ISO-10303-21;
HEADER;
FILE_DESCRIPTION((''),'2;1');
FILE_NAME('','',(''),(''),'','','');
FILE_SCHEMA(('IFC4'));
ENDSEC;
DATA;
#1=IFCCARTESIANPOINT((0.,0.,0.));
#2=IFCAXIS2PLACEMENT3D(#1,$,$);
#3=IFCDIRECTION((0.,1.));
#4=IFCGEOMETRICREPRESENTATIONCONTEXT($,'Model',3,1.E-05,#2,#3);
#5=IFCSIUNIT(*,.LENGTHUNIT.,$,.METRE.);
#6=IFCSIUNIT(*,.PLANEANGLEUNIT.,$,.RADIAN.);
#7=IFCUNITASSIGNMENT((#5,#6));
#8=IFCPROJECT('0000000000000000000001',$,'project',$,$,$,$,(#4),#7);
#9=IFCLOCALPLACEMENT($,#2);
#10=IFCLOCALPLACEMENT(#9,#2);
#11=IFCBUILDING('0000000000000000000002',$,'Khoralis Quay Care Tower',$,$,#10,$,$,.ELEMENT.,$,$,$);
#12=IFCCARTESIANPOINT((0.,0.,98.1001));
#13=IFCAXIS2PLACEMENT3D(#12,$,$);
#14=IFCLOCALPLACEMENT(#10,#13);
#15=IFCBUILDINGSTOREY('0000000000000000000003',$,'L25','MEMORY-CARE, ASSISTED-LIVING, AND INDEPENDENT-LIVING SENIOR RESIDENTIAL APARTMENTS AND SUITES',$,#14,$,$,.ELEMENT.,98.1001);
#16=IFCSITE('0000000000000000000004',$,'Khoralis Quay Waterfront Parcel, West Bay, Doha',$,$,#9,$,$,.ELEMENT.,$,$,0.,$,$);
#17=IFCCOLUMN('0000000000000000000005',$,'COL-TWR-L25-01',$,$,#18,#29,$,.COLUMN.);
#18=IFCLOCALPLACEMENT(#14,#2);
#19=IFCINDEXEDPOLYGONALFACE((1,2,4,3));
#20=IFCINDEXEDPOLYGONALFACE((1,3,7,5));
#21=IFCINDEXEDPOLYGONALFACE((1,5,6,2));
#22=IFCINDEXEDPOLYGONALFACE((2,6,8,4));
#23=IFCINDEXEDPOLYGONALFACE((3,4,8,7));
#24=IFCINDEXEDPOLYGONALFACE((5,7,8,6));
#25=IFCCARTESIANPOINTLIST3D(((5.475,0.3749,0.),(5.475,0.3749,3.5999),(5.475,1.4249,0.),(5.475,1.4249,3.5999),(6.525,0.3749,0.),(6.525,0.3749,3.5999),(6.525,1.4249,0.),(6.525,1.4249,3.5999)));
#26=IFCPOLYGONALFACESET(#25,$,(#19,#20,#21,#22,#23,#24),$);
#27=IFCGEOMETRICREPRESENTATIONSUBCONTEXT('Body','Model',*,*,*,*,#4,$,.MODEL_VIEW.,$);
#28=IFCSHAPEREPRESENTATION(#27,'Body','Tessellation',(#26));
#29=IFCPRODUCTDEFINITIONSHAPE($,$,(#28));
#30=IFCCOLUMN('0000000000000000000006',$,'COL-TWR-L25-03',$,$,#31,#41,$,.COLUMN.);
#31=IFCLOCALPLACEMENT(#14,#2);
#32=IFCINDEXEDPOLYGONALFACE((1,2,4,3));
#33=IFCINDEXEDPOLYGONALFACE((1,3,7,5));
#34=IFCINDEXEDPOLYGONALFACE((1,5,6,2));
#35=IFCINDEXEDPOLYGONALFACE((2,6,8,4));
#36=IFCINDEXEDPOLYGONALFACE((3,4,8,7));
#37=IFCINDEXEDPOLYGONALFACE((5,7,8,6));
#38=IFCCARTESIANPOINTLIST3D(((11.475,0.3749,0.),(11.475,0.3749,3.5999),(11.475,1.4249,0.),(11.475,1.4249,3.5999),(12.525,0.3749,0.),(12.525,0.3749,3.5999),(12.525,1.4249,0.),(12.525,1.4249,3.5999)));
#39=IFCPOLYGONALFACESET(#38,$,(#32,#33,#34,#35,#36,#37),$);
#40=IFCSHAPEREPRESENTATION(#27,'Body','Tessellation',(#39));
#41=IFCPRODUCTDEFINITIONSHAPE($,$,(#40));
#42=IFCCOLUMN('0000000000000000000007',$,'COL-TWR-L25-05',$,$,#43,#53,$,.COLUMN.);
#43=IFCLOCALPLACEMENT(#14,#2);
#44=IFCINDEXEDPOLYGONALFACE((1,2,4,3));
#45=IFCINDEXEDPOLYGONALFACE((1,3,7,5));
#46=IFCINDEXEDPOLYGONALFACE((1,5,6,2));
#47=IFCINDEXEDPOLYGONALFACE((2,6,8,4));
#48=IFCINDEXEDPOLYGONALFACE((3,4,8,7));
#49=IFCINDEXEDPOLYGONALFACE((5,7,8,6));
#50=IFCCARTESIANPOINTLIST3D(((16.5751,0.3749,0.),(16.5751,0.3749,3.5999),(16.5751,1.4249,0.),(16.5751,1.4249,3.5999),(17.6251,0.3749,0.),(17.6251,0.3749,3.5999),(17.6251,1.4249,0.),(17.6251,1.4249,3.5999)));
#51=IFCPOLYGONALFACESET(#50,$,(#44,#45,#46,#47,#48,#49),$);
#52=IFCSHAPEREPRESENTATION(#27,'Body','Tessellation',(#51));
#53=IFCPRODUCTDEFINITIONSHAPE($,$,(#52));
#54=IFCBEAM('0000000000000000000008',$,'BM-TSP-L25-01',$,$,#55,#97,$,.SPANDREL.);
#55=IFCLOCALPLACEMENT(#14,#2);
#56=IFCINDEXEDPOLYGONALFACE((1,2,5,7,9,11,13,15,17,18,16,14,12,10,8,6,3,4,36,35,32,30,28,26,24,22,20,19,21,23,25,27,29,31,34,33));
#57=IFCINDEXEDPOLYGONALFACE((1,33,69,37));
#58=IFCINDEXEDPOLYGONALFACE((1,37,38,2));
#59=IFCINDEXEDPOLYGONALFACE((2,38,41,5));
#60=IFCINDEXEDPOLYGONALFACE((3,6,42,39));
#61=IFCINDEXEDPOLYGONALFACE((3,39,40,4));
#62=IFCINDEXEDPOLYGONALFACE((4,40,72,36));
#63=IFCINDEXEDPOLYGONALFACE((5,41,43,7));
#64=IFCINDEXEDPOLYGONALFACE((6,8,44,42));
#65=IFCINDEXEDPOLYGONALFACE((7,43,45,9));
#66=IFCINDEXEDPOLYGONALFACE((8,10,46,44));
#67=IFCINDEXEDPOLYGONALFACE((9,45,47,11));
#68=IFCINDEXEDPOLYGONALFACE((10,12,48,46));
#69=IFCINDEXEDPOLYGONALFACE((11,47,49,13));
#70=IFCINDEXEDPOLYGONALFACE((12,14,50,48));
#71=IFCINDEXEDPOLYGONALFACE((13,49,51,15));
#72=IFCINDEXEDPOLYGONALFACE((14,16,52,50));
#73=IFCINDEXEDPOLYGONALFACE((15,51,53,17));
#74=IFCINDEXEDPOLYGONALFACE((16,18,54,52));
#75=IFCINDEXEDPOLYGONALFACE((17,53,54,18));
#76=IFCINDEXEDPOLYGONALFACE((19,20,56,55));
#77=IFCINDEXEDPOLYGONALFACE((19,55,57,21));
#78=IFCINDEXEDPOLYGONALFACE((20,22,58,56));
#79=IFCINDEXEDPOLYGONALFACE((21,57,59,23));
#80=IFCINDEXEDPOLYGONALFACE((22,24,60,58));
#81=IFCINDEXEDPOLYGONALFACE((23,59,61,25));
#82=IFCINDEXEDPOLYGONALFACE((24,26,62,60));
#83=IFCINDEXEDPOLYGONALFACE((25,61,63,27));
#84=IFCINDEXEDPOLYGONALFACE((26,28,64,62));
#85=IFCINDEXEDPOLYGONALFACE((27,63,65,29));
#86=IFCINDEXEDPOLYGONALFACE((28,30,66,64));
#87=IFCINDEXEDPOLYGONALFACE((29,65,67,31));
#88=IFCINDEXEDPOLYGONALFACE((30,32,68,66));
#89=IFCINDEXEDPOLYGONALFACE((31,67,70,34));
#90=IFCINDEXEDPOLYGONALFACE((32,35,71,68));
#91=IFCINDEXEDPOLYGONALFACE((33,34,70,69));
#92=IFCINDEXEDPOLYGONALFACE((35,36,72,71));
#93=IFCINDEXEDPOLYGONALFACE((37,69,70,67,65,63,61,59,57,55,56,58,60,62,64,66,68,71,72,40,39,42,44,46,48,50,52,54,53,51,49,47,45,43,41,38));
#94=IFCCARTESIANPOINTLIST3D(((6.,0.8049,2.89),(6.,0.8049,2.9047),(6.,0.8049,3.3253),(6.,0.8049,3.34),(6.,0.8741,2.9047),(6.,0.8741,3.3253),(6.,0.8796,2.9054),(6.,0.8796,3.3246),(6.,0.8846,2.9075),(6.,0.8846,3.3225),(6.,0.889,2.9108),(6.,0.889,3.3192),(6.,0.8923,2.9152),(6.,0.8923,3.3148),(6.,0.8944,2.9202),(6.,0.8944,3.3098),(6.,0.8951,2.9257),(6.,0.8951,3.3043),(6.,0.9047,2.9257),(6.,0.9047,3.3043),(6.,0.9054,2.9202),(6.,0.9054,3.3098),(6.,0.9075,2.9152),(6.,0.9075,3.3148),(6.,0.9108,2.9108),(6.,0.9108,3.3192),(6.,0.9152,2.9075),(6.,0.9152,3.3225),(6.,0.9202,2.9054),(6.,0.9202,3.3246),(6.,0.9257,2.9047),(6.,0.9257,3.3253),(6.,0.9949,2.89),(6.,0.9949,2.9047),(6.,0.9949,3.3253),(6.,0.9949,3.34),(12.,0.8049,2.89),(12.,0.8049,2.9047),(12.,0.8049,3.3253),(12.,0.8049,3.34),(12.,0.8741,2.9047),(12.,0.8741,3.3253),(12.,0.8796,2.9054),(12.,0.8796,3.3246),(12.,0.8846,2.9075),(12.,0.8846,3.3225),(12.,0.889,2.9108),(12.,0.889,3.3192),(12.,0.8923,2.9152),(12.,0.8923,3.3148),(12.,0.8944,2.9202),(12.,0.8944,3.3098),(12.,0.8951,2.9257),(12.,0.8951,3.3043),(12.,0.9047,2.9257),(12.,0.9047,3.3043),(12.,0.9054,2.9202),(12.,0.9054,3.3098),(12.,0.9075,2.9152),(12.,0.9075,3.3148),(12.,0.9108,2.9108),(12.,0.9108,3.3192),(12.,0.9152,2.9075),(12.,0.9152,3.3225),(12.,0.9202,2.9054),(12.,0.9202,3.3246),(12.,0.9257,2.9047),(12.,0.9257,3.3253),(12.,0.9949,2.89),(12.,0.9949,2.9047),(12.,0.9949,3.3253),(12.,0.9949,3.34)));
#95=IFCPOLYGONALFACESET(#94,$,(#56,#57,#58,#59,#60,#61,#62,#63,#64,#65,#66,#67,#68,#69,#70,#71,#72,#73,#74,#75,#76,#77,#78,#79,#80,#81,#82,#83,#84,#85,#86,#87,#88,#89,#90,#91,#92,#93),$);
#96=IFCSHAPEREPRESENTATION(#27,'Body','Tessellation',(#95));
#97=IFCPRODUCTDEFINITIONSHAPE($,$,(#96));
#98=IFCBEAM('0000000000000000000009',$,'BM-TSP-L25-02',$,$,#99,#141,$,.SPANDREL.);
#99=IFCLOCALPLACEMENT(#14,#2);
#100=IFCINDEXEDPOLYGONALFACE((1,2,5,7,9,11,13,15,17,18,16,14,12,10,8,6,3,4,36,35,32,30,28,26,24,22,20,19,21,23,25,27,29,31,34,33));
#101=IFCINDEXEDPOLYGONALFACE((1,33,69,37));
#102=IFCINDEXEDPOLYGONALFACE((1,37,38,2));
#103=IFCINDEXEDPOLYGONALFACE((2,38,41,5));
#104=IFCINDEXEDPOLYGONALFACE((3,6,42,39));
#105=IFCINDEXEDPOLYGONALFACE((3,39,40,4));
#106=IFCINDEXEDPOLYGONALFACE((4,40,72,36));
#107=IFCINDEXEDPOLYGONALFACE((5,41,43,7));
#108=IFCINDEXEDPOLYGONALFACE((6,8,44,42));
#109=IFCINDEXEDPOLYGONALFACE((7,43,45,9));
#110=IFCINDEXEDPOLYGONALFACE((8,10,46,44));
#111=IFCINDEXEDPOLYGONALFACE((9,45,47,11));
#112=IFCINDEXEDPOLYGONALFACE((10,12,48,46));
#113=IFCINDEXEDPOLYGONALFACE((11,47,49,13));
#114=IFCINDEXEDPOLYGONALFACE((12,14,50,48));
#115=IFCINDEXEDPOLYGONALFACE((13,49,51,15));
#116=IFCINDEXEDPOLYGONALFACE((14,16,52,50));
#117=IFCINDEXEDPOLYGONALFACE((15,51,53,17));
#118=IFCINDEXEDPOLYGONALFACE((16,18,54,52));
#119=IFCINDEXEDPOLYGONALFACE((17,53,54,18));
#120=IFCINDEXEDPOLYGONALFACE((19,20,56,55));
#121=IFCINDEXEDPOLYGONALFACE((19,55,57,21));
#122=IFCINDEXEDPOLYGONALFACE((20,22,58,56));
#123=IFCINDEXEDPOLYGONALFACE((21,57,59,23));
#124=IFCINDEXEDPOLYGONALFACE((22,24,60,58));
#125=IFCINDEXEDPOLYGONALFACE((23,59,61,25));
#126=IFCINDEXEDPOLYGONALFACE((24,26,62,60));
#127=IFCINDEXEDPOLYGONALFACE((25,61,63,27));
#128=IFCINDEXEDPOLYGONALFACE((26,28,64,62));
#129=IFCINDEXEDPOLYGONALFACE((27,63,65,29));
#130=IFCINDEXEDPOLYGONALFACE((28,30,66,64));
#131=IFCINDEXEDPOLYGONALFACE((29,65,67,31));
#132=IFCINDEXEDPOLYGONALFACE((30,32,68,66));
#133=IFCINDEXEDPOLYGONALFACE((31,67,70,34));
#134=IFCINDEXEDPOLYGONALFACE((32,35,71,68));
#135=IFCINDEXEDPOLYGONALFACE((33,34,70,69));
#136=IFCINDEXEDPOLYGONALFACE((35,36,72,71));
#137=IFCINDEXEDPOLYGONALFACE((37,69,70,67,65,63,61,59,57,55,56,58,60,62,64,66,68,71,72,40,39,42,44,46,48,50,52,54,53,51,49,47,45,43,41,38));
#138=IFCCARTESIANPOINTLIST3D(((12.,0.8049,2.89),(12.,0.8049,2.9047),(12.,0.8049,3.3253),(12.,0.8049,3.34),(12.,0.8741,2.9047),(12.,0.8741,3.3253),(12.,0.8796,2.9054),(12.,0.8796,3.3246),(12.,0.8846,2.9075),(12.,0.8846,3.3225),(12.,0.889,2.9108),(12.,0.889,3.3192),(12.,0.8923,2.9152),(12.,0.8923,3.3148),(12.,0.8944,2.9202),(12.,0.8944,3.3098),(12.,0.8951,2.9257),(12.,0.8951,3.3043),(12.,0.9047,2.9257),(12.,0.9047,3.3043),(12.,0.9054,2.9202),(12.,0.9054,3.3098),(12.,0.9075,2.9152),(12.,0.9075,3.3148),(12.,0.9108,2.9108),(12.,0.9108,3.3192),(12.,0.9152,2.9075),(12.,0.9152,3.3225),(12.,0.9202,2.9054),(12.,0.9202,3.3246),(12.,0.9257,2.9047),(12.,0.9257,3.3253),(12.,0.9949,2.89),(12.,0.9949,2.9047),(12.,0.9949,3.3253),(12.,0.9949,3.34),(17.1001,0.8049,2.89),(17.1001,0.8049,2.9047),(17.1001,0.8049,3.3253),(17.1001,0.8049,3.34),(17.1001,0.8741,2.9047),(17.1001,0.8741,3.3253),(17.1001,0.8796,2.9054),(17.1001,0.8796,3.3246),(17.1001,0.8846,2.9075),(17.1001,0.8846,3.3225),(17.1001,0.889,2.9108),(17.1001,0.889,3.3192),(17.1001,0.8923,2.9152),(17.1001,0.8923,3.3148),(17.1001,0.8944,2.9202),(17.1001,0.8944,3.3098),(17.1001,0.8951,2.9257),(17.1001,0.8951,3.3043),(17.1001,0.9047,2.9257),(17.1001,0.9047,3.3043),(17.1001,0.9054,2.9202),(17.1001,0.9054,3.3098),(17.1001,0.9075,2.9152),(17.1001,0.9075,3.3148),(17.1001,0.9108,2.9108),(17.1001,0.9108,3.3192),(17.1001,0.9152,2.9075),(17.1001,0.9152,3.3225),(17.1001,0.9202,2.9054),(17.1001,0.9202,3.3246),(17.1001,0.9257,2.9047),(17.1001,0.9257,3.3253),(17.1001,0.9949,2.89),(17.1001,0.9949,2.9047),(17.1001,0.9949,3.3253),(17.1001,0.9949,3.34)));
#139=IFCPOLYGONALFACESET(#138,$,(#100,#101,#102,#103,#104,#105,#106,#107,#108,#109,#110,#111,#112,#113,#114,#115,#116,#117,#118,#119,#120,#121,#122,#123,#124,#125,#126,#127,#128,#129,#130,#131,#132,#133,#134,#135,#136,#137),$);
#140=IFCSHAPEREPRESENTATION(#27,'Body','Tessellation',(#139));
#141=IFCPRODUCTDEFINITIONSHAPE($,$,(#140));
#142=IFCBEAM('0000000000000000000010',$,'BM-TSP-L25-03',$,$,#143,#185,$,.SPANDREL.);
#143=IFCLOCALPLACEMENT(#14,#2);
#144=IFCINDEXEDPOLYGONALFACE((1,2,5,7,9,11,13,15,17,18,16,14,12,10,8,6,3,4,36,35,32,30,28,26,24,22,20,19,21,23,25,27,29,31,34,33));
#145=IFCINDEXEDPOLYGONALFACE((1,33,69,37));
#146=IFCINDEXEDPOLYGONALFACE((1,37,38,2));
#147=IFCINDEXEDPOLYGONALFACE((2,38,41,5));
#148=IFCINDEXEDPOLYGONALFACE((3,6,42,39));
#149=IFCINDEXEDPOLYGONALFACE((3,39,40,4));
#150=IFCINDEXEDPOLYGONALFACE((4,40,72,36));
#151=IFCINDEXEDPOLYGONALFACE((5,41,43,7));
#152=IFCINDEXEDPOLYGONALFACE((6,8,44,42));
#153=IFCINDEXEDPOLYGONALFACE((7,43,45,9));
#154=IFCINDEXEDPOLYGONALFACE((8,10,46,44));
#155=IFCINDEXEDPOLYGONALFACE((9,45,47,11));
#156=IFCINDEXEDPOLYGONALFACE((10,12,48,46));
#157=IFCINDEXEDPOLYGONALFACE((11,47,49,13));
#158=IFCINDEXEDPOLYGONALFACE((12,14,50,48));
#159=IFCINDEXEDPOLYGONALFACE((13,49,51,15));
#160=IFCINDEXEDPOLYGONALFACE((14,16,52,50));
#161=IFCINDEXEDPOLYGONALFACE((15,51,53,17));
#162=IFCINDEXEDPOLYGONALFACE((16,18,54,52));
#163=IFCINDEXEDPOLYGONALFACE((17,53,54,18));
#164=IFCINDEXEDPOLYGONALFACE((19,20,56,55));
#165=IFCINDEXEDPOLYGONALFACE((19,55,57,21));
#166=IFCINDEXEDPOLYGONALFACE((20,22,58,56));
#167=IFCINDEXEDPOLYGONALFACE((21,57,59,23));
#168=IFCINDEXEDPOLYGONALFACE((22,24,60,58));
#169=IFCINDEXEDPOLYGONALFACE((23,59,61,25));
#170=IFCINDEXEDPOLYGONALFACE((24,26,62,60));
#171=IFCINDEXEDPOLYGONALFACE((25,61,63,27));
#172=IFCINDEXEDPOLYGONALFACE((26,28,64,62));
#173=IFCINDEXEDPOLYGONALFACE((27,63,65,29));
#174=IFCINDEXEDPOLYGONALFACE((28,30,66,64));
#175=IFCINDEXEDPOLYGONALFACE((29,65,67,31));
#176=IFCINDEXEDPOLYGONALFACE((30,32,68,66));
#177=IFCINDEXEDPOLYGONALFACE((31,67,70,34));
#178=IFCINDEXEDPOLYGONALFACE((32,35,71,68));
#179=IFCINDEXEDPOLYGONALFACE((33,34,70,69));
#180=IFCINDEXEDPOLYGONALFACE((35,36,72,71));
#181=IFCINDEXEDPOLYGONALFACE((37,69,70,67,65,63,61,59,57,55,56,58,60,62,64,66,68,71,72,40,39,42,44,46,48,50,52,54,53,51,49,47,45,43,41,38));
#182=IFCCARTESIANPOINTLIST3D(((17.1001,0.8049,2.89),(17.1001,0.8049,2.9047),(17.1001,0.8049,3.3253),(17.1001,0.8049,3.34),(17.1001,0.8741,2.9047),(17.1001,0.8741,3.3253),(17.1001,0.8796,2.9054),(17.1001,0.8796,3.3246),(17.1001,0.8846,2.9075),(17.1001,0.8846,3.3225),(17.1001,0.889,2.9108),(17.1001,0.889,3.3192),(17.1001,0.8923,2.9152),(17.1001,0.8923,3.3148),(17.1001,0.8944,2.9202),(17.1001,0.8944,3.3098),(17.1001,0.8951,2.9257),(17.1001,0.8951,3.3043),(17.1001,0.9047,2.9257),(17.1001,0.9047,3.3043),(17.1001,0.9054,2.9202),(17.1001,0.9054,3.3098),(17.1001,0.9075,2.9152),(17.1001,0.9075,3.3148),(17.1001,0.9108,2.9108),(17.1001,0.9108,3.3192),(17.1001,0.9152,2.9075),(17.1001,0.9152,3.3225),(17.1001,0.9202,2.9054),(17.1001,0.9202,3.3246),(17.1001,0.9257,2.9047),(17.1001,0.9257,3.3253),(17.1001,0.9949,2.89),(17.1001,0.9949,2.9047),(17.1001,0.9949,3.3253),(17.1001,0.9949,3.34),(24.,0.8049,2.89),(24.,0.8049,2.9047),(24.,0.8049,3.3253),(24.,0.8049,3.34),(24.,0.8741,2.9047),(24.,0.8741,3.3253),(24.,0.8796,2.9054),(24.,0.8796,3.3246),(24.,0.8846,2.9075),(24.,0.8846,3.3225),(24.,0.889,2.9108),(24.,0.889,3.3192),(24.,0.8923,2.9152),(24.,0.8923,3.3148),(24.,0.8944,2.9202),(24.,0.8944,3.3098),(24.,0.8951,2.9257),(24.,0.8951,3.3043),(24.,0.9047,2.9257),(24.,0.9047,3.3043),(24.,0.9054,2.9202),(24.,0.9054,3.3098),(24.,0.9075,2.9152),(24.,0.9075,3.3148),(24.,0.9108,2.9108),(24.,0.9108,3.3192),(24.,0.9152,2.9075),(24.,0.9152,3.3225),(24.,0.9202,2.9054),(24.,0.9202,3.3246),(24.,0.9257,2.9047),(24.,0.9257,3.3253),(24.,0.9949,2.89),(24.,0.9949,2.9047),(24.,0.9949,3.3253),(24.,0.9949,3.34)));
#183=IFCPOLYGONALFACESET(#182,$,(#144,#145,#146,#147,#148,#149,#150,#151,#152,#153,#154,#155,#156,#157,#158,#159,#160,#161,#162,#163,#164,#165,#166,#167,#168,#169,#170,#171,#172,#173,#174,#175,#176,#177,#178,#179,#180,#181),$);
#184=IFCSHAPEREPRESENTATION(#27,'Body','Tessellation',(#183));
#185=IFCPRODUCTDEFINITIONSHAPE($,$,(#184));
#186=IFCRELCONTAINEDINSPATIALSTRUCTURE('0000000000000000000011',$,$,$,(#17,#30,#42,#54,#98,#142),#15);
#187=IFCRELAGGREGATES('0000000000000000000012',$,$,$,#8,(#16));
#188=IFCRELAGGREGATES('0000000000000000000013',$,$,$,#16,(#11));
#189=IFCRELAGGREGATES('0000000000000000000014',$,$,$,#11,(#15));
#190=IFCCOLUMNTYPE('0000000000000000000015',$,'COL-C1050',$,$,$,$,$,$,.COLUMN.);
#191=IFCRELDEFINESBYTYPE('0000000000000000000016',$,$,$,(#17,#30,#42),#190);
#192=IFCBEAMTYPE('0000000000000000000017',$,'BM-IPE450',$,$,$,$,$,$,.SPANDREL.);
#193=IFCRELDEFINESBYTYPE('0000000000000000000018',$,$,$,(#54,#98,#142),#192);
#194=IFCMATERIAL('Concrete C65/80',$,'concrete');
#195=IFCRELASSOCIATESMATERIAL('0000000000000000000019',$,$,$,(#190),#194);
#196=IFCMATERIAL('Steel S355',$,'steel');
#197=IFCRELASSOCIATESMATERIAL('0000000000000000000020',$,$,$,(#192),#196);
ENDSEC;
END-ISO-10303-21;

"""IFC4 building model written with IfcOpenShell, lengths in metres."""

from ifc_helpers import new_model, si_unit, direction, frame, origin, origin_2d, place, context, subcontext, project, spatial, rectangle, i_section, extrude, source, transform, mapped, material, material_profile, profile_set, type_object, element, save


model = new_model("IFC4")

# Units and contexts
model_context = context("Model", 3, precision=1e-05, world=origin(), true_north=direction((0.0, 1.0)))
body_context = subcontext(model_context, "Body", "Model", "MODEL_VIEW")
ifc_project = project(units=[si_unit("LENGTHUNIT", "METRE"), si_unit("PLANEANGLEUNIT", "RADIAN")], contexts=[model_context])

# Site, building, storey
site_placement = place(None, origin())
site = spatial("IfcSite", under=ifc_project, at=site_placement, Name="Khoralis Quay Waterfront Parcel, West Bay, Doha", CompositionType="ELEMENT", RefElevation=0.0)
building_placement = place(site_placement, origin())
building = spatial("IfcBuilding", under=site, at=building_placement, Name="Khoralis Quay Care Tower", CompositionType="ELEMENT")
storey_placement = place(building_placement, frame((0.0, 0.0, 98.1001)))
storey = spatial("IfcBuildingStorey", under=building, at=storey_placement, Name="L25", Description="MEMORY-CARE, ASSISTED-LIVING, AND INDEPENDENT-LIVING SENIOR RESIDENTIAL APARTMENTS AND SUITES", CompositionType="ELEMENT", Elevation=98.1001)

# Columns
ifc_material_1 = material(Name="Concrete C65/80", Category="concrete")
ifc_material_profile_1 = material_profile(ifc_material_1, rectangle(XDim=1.05, YDim=1.05, at=origin_2d()), Name="Concrete C65/80")
ifc_profile_set_1 = profile_set([ifc_material_profile_1], Name="Concrete C65/80")
column_type = type_object("IfcColumnType", Name="COL-C1050", PredefinedType="COLUMN", material=ifc_profile_set_1)
shared_shape_1 = source(origin(), body_context, "Body", "SweptSolid", [
    extrude(rectangle(XDim=1.05, YDim=1.05, at=origin_2d()), origin(), (0.0, 0.0, 1.0), 3.5999),
])
for number, where, z_axis, x_axis, name in (
    (1, (6.0, 0.8999, 0.0), (0.0, 0.0, 1.0), (1.0, 0.0, 0.0), "COL-TWR-L25-01"),
    (2, (12.0, 0.8999, 0.0), (0.0, 0.0, 1.0), (1.0, 0.0, 0.0), "COL-TWR-L25-03"),
    (3, (17.1001, 0.8999, 0.0), (0.0, 0.0, 1.0), (1.0, 0.0, 0.0), "COL-TWR-L25-05"),
):
    element("IfcColumn", number, at=place(storey_placement, frame(where, z_axis=z_axis, x_axis=x_axis)), inside=storey, type_object=column_type, Name=name, PredefinedType="COLUMN", context=body_context, shape_type="MappedRepresentation", body=[
        mapped(shared_shape_1, transform((0.0, 0.0, 0.0), scale=1.0)),
    ])

# Beams
ifc_material_2 = material(Name="Steel S355", Category="steel")
ifc_material_profile_2 = material_profile(ifc_material_2, i_section(OverallWidth=0.1899, OverallDepth=0.45, WebThickness=0.0095, FlangeThickness=0.0146, FilletRadius=0.021, at=origin_2d()), Name="Steel S355")
ifc_profile_set_2 = profile_set([ifc_material_profile_2], Name="Steel S355")
beam_type_1 = type_object("IfcBeamType", Name="BM-IPE450", PredefinedType="SPANDREL", material=ifc_profile_set_2)
shared_shape_2 = source(origin(), body_context, "Body", "SweptSolid", [
    extrude(i_section(OverallWidth=0.1899, OverallDepth=0.45, WebThickness=0.0095, FlangeThickness=0.0146, FilletRadius=0.021, at=origin_2d()), origin(), (0.0, 0.0, 1.0), 6.0),
])
beam_1_placement = place(storey_placement, frame((6.0, 0.8999, 3.115), z_axis=(1.0, 0.0, 0.0), x_axis=(0.0, 1.0, 0.0)))
element("IfcBeam", 4, at=beam_1_placement, inside=storey, type_object=beam_type_1, Name="BM-TSP-L25-01", PredefinedType="SPANDREL", context=body_context, shape_type="MappedRepresentation", body=[
    mapped(shared_shape_2, transform((0.0, 0.0, 0.0), scale=1.0)),
])
shared_shape_3 = source(origin(), body_context, "Body", "SweptSolid", [
    extrude(i_section(OverallWidth=0.1899, OverallDepth=0.45, WebThickness=0.0095, FlangeThickness=0.0146, FilletRadius=0.021, at=origin_2d()), origin(), (0.0, 0.0, 1.0), 5.1001),
])
beam_2_placement = place(storey_placement, frame((12.0, 0.8999, 3.115), z_axis=(1.0, 0.0, 0.0), x_axis=(0.0, 1.0, 0.0)))
element("IfcBeam", 5, at=beam_2_placement, inside=storey, type_object=beam_type_1, Name="BM-TSP-L25-02", PredefinedType="SPANDREL", context=body_context, shape_type="MappedRepresentation", body=[
    mapped(shared_shape_3, transform((0.0, 0.0, 0.0), scale=1.0)),
])
shared_shape_4 = source(origin(), body_context, "Body", "SweptSolid", [
    extrude(i_section(OverallWidth=0.1899, OverallDepth=0.45, WebThickness=0.0095, FlangeThickness=0.0146, FilletRadius=0.021, at=origin_2d()), origin(), (0.0, 0.0, 1.0), 6.8999),
])
beam_3_placement = place(storey_placement, frame((17.1001, 0.8999, 3.115), z_axis=(1.0, 0.0, 0.0), x_axis=(0.0, 1.0, 0.0)))
element("IfcBeam", 6, at=beam_3_placement, inside=storey, type_object=beam_type_1, Name="BM-TSP-L25-03", PredefinedType="SPANDREL", context=body_context, shape_type="MappedRepresentation", body=[
    mapped(shared_shape_4, transform((0.0, 0.0, 0.0), scale=1.0)),
])

save(model, "model.ifc")
